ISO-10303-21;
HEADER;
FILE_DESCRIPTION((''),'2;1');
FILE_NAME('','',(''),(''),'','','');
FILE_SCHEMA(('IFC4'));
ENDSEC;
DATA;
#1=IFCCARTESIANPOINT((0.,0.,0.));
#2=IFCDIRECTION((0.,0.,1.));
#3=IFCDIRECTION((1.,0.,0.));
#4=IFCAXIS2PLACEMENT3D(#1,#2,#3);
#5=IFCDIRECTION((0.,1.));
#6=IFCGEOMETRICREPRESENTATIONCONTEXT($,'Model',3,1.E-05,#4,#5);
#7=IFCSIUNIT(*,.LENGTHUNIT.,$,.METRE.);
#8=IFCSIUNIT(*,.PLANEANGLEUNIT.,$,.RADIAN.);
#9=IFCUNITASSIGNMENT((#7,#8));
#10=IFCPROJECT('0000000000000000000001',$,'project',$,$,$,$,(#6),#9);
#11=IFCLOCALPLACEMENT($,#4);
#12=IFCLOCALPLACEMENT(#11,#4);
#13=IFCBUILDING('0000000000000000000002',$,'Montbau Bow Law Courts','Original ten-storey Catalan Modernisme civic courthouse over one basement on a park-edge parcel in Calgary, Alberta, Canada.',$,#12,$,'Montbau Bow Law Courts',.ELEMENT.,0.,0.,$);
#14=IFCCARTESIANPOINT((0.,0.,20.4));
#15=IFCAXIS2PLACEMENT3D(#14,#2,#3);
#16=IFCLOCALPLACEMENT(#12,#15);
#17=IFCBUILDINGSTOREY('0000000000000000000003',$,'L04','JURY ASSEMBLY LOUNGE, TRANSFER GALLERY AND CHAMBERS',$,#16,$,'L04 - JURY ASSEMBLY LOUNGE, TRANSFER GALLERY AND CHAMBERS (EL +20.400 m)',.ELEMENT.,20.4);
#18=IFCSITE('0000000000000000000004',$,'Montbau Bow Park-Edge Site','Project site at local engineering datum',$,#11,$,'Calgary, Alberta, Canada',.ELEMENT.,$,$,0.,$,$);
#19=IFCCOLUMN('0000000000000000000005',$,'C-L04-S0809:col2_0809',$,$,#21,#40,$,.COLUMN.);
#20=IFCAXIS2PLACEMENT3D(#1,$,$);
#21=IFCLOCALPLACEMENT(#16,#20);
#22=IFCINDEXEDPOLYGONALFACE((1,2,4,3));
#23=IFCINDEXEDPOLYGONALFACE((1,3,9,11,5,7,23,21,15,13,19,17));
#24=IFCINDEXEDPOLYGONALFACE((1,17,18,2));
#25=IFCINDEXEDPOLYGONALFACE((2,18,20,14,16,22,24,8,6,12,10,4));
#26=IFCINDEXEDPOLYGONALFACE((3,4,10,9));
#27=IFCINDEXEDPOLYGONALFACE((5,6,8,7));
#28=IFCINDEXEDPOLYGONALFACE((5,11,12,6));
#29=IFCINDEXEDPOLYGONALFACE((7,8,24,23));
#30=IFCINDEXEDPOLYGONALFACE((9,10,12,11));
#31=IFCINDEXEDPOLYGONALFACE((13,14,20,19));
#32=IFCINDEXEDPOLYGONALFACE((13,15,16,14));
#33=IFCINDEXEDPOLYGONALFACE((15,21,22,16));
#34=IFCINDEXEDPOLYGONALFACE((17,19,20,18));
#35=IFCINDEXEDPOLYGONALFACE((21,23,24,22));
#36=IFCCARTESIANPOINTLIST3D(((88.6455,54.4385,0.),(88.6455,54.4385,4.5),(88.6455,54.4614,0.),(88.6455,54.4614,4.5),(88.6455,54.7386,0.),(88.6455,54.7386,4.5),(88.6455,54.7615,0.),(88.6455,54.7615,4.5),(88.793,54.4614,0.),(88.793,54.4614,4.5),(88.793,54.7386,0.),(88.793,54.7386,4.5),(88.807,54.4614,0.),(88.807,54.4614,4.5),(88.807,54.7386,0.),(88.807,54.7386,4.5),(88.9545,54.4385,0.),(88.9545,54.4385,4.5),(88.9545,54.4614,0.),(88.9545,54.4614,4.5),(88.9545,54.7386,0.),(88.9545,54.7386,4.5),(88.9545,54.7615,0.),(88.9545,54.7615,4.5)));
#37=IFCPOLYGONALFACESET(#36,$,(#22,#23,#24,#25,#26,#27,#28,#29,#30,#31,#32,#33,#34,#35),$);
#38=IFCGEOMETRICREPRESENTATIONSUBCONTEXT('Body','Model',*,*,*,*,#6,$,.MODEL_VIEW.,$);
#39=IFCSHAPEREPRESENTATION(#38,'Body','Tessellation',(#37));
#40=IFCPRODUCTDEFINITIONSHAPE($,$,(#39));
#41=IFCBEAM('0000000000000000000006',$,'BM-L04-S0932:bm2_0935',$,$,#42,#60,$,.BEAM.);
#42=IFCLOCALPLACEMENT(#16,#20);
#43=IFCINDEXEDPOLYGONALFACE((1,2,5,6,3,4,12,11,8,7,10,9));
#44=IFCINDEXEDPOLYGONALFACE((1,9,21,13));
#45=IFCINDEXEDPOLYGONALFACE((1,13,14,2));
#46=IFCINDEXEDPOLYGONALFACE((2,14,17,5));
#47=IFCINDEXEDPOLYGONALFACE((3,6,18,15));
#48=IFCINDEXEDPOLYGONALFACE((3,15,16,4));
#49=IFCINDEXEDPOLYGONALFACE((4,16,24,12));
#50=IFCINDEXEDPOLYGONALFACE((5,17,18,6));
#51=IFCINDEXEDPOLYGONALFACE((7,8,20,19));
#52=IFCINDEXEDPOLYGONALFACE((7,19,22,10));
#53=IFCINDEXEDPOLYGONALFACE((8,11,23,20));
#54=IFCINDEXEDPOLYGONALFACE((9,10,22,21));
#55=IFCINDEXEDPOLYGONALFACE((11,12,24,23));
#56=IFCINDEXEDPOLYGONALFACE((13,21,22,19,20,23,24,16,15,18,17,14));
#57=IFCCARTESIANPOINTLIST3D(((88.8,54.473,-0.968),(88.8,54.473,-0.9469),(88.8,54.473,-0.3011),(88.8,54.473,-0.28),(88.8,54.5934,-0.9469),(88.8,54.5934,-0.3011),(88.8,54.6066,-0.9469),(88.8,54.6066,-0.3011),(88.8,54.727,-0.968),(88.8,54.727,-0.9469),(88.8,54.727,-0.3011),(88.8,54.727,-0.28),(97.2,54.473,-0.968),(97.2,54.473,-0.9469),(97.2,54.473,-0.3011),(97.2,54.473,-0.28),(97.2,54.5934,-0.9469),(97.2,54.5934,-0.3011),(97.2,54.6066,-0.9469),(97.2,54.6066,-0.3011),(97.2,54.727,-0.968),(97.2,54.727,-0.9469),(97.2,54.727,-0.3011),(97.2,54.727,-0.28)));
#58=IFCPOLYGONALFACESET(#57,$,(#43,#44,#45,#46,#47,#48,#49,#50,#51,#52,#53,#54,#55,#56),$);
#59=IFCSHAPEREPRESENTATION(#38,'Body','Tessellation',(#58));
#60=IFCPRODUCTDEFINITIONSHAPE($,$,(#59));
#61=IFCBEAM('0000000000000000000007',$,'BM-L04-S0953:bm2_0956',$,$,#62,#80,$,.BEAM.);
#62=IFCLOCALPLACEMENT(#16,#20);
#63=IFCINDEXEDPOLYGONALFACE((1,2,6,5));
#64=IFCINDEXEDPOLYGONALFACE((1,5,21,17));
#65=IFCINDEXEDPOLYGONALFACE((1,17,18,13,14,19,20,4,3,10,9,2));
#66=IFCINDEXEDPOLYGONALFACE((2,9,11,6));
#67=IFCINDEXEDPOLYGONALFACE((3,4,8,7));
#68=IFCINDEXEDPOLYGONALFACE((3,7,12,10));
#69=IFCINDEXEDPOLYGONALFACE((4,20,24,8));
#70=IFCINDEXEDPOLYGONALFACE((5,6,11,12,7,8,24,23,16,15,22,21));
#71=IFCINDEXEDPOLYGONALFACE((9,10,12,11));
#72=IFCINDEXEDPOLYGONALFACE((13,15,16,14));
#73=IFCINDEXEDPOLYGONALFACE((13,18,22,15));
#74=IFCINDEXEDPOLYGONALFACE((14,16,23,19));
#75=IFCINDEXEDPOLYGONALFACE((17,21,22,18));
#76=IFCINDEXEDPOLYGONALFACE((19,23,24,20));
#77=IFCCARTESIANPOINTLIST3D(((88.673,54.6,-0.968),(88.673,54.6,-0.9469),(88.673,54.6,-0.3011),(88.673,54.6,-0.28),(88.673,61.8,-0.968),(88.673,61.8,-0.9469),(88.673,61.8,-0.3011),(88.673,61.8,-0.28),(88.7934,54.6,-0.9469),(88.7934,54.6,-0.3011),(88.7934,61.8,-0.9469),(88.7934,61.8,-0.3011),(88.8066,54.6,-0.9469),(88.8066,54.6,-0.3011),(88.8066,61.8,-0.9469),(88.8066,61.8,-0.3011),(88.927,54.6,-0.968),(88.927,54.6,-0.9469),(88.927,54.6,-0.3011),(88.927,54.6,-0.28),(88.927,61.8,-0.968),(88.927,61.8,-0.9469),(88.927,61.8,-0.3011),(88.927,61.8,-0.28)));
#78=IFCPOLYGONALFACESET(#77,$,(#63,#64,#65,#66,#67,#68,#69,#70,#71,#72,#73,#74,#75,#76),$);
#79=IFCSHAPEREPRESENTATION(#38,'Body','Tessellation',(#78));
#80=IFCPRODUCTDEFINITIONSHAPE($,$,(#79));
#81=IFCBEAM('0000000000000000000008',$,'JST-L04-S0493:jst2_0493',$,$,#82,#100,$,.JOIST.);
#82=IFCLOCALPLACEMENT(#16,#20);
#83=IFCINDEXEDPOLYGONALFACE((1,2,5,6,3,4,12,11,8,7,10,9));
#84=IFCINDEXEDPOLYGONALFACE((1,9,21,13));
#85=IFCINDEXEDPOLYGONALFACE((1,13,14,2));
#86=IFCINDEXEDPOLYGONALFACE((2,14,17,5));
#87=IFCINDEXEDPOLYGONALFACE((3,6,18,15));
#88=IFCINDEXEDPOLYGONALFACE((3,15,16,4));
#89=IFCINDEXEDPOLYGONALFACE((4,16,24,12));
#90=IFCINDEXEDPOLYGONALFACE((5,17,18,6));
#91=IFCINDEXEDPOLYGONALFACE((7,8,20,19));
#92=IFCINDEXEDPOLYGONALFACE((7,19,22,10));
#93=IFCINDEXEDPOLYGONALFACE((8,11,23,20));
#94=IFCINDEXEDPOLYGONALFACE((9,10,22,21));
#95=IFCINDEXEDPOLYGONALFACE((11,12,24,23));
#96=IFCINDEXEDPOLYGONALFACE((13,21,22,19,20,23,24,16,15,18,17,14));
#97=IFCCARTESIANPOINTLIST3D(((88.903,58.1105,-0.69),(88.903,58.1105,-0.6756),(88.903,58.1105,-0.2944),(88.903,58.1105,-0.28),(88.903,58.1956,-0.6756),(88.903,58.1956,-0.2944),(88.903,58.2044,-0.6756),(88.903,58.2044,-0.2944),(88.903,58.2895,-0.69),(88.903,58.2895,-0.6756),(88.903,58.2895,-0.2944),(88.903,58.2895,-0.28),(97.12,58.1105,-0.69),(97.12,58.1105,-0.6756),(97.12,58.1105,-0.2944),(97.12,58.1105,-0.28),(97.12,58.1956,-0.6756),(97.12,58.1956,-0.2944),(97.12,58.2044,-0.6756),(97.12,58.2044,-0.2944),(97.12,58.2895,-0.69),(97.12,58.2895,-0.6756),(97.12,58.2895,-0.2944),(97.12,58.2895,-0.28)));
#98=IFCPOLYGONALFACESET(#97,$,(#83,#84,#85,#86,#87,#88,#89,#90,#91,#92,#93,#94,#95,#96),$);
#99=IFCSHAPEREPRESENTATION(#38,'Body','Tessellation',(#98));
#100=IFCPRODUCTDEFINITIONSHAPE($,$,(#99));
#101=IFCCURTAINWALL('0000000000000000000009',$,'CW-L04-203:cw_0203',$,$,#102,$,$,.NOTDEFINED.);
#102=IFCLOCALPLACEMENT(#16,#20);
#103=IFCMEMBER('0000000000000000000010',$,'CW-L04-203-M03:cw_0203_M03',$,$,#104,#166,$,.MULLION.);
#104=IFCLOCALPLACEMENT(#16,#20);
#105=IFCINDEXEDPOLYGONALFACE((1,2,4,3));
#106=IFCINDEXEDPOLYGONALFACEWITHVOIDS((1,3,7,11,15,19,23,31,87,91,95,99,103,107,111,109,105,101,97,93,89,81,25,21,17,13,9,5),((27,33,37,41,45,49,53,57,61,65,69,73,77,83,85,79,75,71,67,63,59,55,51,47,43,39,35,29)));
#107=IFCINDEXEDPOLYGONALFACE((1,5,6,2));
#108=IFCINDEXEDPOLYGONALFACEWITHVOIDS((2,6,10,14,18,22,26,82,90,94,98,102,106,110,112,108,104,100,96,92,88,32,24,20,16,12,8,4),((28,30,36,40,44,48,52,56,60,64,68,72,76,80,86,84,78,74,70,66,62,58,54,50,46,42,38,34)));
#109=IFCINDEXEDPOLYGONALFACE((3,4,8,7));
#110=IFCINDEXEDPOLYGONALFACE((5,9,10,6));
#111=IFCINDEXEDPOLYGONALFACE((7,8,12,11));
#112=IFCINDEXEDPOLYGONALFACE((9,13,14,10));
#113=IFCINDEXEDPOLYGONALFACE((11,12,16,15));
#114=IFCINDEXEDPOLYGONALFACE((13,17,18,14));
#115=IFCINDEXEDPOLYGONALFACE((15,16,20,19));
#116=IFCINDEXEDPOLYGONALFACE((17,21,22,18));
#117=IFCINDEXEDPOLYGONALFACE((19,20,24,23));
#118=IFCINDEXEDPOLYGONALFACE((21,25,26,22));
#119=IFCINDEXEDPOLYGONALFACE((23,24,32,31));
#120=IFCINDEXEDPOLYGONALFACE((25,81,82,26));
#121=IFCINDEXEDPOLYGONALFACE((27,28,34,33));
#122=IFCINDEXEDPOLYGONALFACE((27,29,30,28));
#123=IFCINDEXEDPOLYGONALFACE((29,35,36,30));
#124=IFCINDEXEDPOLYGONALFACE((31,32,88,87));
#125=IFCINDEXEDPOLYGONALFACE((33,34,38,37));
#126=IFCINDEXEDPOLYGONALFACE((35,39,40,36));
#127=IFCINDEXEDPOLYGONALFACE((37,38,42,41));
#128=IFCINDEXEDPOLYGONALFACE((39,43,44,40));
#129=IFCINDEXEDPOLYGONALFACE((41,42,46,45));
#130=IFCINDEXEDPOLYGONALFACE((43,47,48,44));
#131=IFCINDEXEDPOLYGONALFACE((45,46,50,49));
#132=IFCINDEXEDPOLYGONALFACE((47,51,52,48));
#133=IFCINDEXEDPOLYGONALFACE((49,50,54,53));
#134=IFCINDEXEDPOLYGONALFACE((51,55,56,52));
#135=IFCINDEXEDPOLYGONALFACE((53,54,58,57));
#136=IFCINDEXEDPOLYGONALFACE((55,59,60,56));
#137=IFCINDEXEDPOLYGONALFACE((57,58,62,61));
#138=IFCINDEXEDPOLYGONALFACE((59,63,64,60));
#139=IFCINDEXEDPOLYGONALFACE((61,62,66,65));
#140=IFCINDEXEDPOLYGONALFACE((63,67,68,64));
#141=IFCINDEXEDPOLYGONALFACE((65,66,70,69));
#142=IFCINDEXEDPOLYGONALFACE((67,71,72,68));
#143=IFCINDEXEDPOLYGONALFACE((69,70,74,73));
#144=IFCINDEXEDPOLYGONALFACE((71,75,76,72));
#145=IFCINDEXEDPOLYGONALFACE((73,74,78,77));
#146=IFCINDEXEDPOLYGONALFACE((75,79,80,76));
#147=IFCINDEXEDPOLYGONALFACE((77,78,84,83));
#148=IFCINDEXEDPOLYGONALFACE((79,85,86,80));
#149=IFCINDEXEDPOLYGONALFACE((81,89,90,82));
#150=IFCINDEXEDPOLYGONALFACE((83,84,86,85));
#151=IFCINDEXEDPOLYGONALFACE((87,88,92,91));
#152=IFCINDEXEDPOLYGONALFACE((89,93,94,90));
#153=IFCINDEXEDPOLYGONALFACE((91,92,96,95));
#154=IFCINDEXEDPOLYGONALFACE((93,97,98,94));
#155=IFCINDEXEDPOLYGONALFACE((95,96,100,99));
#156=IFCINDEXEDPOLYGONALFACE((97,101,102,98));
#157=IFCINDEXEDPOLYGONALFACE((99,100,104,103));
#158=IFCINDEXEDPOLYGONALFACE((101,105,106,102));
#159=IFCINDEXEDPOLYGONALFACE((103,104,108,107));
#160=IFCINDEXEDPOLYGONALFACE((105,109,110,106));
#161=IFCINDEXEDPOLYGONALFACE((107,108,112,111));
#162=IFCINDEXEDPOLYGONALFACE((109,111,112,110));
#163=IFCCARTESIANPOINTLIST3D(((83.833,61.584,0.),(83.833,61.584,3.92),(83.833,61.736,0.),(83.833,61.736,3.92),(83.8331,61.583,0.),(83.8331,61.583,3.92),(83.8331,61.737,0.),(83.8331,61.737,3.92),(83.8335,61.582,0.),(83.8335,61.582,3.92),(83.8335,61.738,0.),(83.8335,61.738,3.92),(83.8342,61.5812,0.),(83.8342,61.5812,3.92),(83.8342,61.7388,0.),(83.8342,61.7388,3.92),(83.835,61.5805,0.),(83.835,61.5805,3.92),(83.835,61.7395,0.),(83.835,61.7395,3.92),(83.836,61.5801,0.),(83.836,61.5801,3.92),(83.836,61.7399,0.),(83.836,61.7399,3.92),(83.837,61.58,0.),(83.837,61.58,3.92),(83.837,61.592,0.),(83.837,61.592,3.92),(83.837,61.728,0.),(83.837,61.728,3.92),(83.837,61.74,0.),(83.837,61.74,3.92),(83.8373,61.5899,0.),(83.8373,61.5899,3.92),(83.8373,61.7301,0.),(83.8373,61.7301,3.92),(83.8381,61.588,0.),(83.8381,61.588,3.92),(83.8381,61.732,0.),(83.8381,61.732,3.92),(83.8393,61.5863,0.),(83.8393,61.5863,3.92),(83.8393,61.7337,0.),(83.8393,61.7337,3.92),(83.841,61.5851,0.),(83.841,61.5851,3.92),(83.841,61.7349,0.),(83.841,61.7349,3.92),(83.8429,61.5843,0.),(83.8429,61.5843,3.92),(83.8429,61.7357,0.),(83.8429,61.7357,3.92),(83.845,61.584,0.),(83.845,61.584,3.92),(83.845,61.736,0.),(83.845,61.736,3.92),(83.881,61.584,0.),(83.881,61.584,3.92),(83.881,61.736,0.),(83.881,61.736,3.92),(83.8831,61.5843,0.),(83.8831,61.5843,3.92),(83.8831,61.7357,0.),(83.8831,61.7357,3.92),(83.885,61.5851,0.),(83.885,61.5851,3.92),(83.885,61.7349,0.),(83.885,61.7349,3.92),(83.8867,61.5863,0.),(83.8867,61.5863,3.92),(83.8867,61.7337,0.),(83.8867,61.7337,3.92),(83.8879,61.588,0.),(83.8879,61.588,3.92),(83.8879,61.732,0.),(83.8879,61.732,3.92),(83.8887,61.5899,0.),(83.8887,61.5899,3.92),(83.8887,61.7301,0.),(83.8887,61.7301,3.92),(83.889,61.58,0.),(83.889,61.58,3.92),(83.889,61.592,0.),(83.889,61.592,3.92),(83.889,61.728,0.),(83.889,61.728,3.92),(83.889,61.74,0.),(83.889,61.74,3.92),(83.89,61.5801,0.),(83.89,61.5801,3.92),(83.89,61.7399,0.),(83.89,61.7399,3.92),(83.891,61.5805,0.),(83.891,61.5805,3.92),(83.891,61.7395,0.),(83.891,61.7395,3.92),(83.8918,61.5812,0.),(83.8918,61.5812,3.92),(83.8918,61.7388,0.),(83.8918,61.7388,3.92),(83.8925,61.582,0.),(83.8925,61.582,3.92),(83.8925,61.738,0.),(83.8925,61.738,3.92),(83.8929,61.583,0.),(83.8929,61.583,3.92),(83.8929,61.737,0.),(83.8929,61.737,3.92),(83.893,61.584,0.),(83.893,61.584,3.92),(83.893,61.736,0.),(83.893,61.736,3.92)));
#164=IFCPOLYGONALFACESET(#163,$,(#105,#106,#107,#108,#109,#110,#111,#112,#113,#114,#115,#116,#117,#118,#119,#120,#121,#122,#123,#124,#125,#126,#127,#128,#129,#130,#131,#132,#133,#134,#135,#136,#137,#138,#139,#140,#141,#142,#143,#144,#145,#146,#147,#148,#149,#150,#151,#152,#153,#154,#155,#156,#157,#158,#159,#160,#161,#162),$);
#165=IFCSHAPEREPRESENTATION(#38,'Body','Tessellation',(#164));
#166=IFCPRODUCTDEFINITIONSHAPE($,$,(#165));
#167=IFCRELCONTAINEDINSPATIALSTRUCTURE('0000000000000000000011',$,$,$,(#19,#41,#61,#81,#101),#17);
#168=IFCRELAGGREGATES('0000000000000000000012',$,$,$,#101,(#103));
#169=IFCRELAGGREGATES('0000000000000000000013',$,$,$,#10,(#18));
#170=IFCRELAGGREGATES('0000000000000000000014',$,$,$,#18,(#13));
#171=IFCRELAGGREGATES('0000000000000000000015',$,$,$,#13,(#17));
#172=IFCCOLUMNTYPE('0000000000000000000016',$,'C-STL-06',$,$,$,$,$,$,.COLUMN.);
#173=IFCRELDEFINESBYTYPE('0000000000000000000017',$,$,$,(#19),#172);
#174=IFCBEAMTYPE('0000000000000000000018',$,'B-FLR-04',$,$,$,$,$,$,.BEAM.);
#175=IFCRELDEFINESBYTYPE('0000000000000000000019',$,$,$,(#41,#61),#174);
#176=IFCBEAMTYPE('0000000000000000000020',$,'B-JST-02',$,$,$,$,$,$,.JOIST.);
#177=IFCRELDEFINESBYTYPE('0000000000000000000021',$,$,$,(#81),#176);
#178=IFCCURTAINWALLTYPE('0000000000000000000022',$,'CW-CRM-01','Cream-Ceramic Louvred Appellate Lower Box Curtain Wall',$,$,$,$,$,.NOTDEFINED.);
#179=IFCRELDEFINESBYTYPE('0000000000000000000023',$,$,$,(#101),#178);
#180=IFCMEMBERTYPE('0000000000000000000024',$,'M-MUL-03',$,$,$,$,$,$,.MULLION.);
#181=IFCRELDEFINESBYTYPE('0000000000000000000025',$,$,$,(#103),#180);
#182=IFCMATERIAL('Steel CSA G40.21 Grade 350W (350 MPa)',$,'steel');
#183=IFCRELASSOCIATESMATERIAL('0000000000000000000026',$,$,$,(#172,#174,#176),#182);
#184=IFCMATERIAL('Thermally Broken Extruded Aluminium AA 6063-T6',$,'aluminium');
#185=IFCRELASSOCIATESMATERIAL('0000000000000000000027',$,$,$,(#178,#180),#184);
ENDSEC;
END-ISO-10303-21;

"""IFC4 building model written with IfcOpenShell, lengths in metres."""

from ifc_helpers import new_model, si_unit, direction, frame, origin_with_axes, origin_2d_with_axis, place, context, subcontext, project, spatial, hollow_rectangle, i_section, extrude, material, material_profile, profile_set, type_object, element, aggregate, save


model = new_model("IFC4")

# Units and contexts
model_context = context("Model", 3, precision=1e-05, world=origin_with_axes(), true_north=direction((0.0, 1.0)))
body_context = subcontext(model_context, "Body", "Model", "MODEL_VIEW")
ifc_project = project(units=[si_unit("LENGTHUNIT", "METRE"), si_unit("PLANEANGLEUNIT", "RADIAN")], contexts=[model_context])

# Site, building, storey
site_placement = place(None, origin_with_axes())
site = spatial("IfcSite", under=ifc_project, at=site_placement, Name="Montbau Bow Park-Edge Site", Description="Project site at local engineering datum", LongName="Calgary, Alberta, Canada", CompositionType="ELEMENT", RefElevation=0.0)
building_placement = place(site_placement, origin_with_axes())
building = spatial("IfcBuilding", under=site, at=building_placement, Name="Montbau Bow Law Courts", Description="Original ten-storey Catalan Modernisme civic courthouse over one basement on a park-edge parcel in Calgary, Alberta, Canada.", LongName="Montbau Bow Law Courts", CompositionType="ELEMENT", ElevationOfRefHeight=0.0, ElevationOfTerrain=0.0)
storey_placement = place(building_placement, frame((0.0, 0.0, 20.4), z_axis=(0.0, 0.0, 1.0), x_axis=(1.0, 0.0, 0.0)))
storey = spatial("IfcBuildingStorey", under=building, at=storey_placement, Name="L04", Description="JURY ASSEMBLY LOUNGE, TRANSFER GALLERY AND CHAMBERS", LongName="L04 - JURY ASSEMBLY LOUNGE, TRANSFER GALLERY AND CHAMBERS (EL +20.400 m)", CompositionType="ELEMENT", Elevation=20.4)

# Column
ifc_material_1 = material(Name="Steel CSA G40.21 Grade 350W (350 MPa)", Category="steel")
ifc_material_profile_1 = material_profile(ifc_material_1, i_section(OverallWidth=0.309, OverallDepth=0.323, WebThickness=0.014, FlangeThickness=0.0229, at=origin_2d_with_axis()), Name="W310X143", Category="Main", Priority=0)
ifc_profile_set_1 = profile_set([ifc_material_profile_1], Name="Steel CSA G40.21 Grade 350W (350 MPa)")
column_type = type_object("IfcColumnType", Name="C-STL-06", PredefinedType="COLUMN", material=ifc_profile_set_1)
column_placement = place(None, frame((88.8, 54.6, 20.4), z_axis=(0.0, 0.0, 1.0), x_axis=(1.0, 0.0, 0.0)))
element("IfcColumn", 1, at=column_placement, inside=storey, type_object=column_type, Name="C-L04-S0809:col2_0809", PredefinedType="COLUMN", context=body_context, shape_type="SweptSolid", body=[
    extrude(i_section(OverallWidth=0.309, OverallDepth=0.323, WebThickness=0.014, FlangeThickness=0.0229, at=origin_2d_with_axis()), origin_with_axes(), (0.0, 0.0, 1.0), 4.5),
])

# Beams
ifc_material_profile_2 = material_profile(ifc_material_1, i_section(OverallWidth=0.254, OverallDepth=0.688, WebThickness=0.0131, FlangeThickness=0.0211, at=origin_2d_with_axis()), Name="W690X152", Category="Main", Priority=0)
ifc_profile_set_2 = profile_set([ifc_material_profile_2], Name="Steel CSA G40.21 Grade 350W (350 MPa)")
beam_type_1 = type_object("IfcBeamType", Name="B-FLR-04", PredefinedType="BEAM", material=ifc_profile_set_2)
beam_1_placement = place(None, frame((88.8, 54.6, 19.776), z_axis=(1.0, 0.0, 0.0), x_axis=(0.0, 1.0, 0.0)))
element("IfcBeam", 2, at=beam_1_placement, inside=storey, type_object=beam_type_1, Name="BM-L04-S0932:bm2_0935", PredefinedType="BEAM", context=body_context, shape_type="SweptSolid", body=[
    extrude(i_section(OverallWidth=0.254, OverallDepth=0.688, WebThickness=0.0131, FlangeThickness=0.0211, at=origin_2d_with_axis()), origin_with_axes(), (0.0, 0.0, 1.0), 8.4),
])
beam_2_placement = place(None, frame((88.8, 54.6, 19.776), z_axis=(0.0, 1.0, 0.0), x_axis=(-1.0, 0.0, 0.0)))
element("IfcBeam", 3, at=beam_2_placement, inside=storey, type_object=beam_type_1, Name="BM-L04-S0953:bm2_0956", PredefinedType="BEAM", context=body_context, shape_type="SweptSolid", body=[
    extrude(i_section(OverallWidth=0.254, OverallDepth=0.688, WebThickness=0.0131, FlangeThickness=0.0211, at=origin_2d_with_axis()), origin_with_axes(), (0.0, 0.0, 1.0), 7.2),
])
ifc_material_profile_3 = material_profile(ifc_material_1, i_section(OverallWidth=0.179, OverallDepth=0.41, WebThickness=0.0088, FlangeThickness=0.0144, at=origin_2d_with_axis()), Name="W410X67", Category="Main", Priority=0)
ifc_profile_set_3 = profile_set([ifc_material_profile_3], Name="Steel CSA G40.21 Grade 350W (350 MPa)")
beam_type_2 = type_object("IfcBeamType", Name="B-JST-02", PredefinedType="JOIST", material=ifc_profile_set_3)
beam_3_placement = place(None, frame((88.903, 58.2, 19.915), z_axis=(1.0, 0.0, 0.0), x_axis=(0.0, 1.0, 0.0)))
element("IfcBeam", 4, at=beam_3_placement, inside=storey, type_object=beam_type_2, Name="JST-L04-S0493:jst2_0493", PredefinedType="JOIST", context=body_context, shape_type="SweptSolid", body=[
    extrude(i_section(OverallWidth=0.179, OverallDepth=0.41, WebThickness=0.0088, FlangeThickness=0.0144, at=origin_2d_with_axis()), origin_with_axes(), (0.0, 0.0, 1.0), 8.217),
])

# Curtain wall, member
ifc_material_2 = material(Name="Thermally Broken Extruded Aluminium AA 6063-T6", Category="aluminium")
curtain_wall_type = type_object("IfcCurtainWallType", Name="CW-CRM-01", Description="Cream-Ceramic Louvred Appellate Lower Box Curtain Wall", PredefinedType="NOTDEFINED", material=ifc_material_2)
curtain_wall_1_placement = place(None, frame((80.915, 61.66, 20.4), z_axis=(0.0, 0.0, 1.0), x_axis=(1.0, 0.0, 0.0)))
curtain_wall_1 = element("IfcCurtainWall", 5, at=curtain_wall_1_placement, inside=storey, type_object=curtain_wall_type, Name="CW-L04-203:cw_0203", PredefinedType="NOTDEFINED")
ifc_material_profile_4 = material_profile(ifc_material_2, hollow_rectangle(XDim=0.06, YDim=0.16, WallThickness=0.004, InnerFilletRadius=0.008, OuterFilletRadius=0.004, at=origin_2d_with_axis()), Name="CWM-160X60", Category="Main", Priority=0)
ifc_profile_set_4 = profile_set([ifc_material_profile_4], Name="Thermally Broken Extruded Aluminium AA 6063-T6")
member_type_1 = type_object("IfcMemberType", Name="M-MUL-03", PredefinedType="MULLION", material=ifc_profile_set_4)
member_1_placement = place(None, frame((83.863, 61.66, 20.4), z_axis=(0.0, 0.0, 1.0), x_axis=(1.0, 0.0, 0.0)))
member_1 = element("IfcMember", 6, at=member_1_placement, type_object=member_type_1, Name="CW-L04-203-M03:cw_0203_M03", PredefinedType="MULLION", context=body_context, shape_type="SweptSolid", body=[
    extrude(hollow_rectangle(XDim=0.06, YDim=0.16, WallThickness=0.004, InnerFilletRadius=0.008, OuterFilletRadius=0.004, at=origin_2d_with_axis()), origin_with_axes(), (0.0, 0.0, 1.0), 3.92),
])

aggregate(curtain_wall_1, [member_1])

save(model, "model.ifc")
